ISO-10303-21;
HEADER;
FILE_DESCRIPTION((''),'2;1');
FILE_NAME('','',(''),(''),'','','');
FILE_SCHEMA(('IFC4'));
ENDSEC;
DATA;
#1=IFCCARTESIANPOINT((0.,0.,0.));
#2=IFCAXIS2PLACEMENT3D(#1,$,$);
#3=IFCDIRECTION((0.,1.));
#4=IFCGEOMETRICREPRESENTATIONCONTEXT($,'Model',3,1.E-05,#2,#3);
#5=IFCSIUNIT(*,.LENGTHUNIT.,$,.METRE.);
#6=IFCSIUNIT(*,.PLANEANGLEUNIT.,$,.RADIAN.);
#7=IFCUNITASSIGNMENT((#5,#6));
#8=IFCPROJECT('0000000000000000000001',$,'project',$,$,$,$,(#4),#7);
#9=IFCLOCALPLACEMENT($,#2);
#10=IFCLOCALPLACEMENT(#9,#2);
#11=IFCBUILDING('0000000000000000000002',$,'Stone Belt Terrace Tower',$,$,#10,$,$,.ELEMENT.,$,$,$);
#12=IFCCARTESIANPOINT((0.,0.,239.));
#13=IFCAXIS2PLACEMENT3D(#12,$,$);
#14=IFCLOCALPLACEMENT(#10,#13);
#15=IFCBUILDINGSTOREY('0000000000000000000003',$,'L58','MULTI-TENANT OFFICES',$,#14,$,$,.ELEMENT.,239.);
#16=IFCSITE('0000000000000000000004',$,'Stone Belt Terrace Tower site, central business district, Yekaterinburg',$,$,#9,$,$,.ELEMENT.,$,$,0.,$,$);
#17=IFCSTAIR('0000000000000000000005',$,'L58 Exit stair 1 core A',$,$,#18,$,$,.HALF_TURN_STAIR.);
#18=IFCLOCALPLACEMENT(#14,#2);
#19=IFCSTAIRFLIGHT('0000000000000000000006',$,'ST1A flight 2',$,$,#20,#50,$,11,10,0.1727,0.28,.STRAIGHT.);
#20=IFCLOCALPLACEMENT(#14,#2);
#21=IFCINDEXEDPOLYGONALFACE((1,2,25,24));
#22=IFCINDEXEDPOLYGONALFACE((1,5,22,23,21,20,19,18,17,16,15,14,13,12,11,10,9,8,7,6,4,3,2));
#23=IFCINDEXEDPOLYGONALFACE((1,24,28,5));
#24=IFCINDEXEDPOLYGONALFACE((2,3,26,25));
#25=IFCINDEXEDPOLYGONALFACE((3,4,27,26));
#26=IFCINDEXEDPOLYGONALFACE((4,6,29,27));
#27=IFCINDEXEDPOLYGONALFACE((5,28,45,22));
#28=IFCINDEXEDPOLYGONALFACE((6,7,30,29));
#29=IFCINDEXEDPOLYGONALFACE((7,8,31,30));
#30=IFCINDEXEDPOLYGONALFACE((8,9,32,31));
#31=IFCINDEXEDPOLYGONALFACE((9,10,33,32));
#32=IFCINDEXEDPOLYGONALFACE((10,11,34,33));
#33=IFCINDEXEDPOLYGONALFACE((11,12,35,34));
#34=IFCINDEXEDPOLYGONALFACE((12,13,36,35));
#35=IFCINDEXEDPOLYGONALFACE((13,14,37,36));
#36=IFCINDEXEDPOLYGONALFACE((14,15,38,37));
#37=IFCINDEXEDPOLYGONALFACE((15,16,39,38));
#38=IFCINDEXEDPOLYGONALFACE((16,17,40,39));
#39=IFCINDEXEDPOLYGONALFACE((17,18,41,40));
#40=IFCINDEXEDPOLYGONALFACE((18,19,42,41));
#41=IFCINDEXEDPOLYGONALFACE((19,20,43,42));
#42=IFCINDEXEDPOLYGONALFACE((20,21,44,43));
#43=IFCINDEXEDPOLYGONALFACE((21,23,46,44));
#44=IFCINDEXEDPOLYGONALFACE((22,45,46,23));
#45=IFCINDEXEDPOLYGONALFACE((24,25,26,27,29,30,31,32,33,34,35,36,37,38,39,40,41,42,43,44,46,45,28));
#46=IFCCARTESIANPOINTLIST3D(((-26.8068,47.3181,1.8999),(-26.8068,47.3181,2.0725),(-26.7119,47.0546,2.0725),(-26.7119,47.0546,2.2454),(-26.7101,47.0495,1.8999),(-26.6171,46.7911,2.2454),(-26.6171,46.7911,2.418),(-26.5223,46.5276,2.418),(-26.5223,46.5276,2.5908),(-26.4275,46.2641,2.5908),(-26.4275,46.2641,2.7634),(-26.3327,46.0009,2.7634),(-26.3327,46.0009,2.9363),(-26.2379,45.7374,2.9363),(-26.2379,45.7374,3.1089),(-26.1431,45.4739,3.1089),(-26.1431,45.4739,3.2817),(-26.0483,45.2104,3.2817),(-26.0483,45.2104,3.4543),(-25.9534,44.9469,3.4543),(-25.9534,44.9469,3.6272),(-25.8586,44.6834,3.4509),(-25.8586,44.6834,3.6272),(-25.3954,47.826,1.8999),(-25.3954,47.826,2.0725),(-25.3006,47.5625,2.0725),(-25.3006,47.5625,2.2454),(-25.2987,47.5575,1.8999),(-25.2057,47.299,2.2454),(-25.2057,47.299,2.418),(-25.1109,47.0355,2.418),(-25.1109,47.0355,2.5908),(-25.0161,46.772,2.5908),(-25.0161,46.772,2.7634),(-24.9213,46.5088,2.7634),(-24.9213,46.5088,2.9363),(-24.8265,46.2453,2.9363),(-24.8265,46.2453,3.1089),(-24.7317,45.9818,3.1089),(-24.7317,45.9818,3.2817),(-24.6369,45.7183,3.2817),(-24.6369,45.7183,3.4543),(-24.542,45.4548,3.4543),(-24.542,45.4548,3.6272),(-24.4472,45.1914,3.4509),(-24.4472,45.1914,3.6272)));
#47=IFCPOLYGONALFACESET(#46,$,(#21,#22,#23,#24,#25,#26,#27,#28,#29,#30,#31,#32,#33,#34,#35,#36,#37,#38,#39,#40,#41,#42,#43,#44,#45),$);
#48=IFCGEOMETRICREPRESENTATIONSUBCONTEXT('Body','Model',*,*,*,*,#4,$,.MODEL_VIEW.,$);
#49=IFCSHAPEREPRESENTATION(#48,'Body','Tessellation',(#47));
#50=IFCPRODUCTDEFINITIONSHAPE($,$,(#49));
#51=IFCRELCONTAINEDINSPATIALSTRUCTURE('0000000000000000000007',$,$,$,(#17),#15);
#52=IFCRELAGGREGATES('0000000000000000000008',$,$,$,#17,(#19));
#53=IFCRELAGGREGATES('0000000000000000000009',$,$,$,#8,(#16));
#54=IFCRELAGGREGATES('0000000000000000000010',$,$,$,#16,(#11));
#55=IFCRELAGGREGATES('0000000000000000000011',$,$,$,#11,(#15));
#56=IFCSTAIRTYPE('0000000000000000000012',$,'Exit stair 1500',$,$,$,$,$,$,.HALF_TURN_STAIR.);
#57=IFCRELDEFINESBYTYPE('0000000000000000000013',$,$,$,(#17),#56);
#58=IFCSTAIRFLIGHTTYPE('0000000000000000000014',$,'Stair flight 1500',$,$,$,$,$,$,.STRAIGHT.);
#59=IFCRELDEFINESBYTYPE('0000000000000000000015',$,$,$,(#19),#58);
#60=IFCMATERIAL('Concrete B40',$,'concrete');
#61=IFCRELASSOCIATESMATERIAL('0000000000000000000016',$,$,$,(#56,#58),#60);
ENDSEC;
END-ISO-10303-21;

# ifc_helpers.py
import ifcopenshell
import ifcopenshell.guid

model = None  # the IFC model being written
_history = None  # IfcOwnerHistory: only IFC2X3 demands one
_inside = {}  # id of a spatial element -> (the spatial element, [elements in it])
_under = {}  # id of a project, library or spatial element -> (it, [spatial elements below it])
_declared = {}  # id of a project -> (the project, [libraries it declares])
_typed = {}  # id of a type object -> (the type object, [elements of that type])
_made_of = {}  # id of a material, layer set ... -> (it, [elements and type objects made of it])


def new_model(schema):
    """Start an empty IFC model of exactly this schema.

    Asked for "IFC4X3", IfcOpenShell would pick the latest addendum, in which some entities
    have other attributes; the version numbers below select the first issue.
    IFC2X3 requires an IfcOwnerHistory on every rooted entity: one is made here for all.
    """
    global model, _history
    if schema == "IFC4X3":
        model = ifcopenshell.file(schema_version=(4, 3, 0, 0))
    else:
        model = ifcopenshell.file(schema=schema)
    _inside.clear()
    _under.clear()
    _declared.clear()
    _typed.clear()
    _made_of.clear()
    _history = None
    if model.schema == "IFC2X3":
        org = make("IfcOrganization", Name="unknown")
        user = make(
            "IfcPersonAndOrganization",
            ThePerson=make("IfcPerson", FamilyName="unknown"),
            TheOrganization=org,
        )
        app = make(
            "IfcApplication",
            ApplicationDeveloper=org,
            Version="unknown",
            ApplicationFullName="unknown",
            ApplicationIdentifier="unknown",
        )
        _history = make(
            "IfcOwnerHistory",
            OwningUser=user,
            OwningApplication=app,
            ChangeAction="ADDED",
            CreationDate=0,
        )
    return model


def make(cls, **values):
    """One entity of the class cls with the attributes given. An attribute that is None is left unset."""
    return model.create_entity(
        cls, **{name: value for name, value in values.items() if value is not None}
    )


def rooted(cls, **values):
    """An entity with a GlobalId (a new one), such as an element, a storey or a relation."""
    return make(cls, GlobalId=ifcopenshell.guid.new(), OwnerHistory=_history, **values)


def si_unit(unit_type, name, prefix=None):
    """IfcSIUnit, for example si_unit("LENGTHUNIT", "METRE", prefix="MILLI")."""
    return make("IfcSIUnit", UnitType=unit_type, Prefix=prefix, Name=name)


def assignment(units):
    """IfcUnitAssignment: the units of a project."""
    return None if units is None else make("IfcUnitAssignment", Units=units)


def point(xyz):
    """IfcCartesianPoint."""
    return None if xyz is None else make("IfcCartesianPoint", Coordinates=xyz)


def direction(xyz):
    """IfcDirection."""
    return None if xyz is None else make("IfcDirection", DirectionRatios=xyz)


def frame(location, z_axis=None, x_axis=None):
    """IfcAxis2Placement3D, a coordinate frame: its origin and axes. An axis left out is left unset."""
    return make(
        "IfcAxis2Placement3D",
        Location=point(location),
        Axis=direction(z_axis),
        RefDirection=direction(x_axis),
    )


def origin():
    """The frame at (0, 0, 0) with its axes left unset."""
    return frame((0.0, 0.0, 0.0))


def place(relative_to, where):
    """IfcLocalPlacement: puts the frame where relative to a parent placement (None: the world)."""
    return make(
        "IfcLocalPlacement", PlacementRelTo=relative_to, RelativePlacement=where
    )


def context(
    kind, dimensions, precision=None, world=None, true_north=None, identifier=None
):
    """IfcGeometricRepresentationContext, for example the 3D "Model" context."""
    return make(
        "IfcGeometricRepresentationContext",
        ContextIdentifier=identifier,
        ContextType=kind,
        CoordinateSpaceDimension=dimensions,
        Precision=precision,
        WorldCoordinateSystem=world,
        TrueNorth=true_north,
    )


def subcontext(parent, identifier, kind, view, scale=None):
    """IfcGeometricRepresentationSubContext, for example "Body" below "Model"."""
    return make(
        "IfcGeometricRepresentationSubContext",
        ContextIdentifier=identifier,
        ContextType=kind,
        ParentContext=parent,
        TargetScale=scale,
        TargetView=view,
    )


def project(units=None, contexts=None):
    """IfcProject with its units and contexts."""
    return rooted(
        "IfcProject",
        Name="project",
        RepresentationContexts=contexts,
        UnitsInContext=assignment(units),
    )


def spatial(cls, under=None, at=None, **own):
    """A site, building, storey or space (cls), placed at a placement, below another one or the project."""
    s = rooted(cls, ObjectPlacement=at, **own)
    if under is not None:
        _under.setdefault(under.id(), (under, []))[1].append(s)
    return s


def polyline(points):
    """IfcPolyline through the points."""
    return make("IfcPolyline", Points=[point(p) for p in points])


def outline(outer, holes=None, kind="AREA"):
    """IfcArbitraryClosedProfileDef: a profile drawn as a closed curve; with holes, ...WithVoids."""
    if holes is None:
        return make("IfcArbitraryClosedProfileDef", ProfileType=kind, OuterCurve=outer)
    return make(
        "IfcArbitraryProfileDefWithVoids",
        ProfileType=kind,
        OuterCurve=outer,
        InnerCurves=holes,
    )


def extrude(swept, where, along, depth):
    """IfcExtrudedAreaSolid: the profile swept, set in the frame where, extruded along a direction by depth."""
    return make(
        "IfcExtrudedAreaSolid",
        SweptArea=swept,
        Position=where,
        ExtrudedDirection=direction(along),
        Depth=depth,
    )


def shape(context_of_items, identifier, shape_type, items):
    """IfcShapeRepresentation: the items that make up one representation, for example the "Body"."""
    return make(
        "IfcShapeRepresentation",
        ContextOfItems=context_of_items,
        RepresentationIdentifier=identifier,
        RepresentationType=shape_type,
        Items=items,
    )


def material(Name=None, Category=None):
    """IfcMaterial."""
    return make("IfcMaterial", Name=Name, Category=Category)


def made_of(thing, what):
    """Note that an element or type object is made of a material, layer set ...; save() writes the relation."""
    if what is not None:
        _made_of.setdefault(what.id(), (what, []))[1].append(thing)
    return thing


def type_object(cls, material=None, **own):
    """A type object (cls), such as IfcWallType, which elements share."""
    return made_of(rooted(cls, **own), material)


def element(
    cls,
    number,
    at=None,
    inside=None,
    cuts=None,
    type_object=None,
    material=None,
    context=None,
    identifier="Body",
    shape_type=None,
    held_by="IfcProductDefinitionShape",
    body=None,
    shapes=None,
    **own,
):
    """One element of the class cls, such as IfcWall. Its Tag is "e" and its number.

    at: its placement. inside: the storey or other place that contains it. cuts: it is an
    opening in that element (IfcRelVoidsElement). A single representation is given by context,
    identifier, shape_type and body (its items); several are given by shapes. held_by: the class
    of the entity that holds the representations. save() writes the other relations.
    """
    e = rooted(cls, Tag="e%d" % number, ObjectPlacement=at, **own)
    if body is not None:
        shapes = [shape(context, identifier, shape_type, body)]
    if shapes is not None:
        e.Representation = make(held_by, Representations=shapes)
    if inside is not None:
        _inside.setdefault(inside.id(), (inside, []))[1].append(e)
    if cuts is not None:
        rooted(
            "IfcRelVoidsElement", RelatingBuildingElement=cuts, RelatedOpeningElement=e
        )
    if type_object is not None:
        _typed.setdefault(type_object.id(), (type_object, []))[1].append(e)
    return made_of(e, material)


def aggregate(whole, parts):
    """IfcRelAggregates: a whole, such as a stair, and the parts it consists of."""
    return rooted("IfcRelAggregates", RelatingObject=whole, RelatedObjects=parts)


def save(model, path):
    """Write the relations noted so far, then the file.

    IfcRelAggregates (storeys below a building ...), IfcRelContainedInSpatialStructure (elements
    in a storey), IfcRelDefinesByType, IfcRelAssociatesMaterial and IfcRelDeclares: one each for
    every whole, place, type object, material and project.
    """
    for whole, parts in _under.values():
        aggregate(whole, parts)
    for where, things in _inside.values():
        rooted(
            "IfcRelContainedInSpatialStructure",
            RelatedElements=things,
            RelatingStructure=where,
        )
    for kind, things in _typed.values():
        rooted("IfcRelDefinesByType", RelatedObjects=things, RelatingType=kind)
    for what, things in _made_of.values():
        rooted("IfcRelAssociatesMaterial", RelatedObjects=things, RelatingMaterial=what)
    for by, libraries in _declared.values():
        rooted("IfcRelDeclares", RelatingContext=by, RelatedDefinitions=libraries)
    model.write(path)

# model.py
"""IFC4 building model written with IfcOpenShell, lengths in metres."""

from ifc_helpers import new_model, si_unit, direction, frame, origin, place, context, subcontext, project, spatial, polyline, outline, extrude, material, type_object, element, aggregate, save


model = new_model("IFC4")

# Units and contexts
model_context = context("Model", 3, precision=1e-05, world=origin(), true_north=direction((0.0, 1.0)))
body_context = subcontext(model_context, "Body", "Model", "MODEL_VIEW")
ifc_project = project(units=[si_unit("LENGTHUNIT", "METRE"), si_unit("PLANEANGLEUNIT", "RADIAN")], contexts=[model_context])

# Site, building, storey
site_placement = place(None, origin())
site = spatial("IfcSite", under=ifc_project, at=site_placement, Name="Stone Belt Terrace Tower site, central business district, Yekaterinburg", CompositionType="ELEMENT", RefElevation=0.0)
building_placement = place(site_placement, origin())
building = spatial("IfcBuilding", under=site, at=building_placement, Name="Stone Belt Terrace Tower", CompositionType="ELEMENT")
storey_placement = place(building_placement, frame((0.0, 0.0, 239.0)))
storey = spatial("IfcBuildingStorey", under=building, at=storey_placement, Name="L58", Description="MULTI-TENANT OFFICES", CompositionType="ELEMENT", Elevation=239.0)

# Stair, stair flight
ifc_material_1 = material(Name="Concrete B40", Category="concrete")
stair_type = type_object("IfcStairType", Name="Exit stair 1500", PredefinedType="HALF_TURN_STAIR", material=ifc_material_1)
stair_placement = place(storey_placement, origin())
stair = element("IfcStair", 1, at=stair_placement, inside=storey, type_object=stair_type, Name="L58 Exit stair 1 core A", PredefinedType="HALF_TURN_STAIR")
stair_flight_type = type_object("IfcStairFlightType", Name="Stair flight 1500", PredefinedType="STRAIGHT", material=ifc_material_1)
stair_flight_1_placement = place(storey_placement, frame((-26.1011, 47.572, 1.8999), z_axis=(0.0, 0.0, 1.0), x_axis=(0.338624, -0.940922, 0.0)))
stair_flight_1 = element("IfcStairFlight", 2, at=stair_flight_1_placement, type_object=stair_flight_type, Name="ST1A flight 2", NumberOfRisers=11, NumberOfTreads=10, PredefinedType="STRAIGHT", RiserHeight=0.1727, TreadLength=0.28, context=body_context, shape_type="SweptSolid", body=[
    extrude(outline(polyline([(0.0, 0.0), (0.0, 0.1726), (0.28, 0.1726), (0.28, 0.3455), (0.5601, 0.3455), (0.5601, 0.5181), (0.8401, 0.5181), (0.8401, 0.6909), (1.1201, 0.6909), (1.1201, 0.8635), (1.3999, 0.8635), (1.3999, 1.0364), (1.6799, 1.0364), (1.6799, 1.209), (1.96, 1.209), (1.96, 1.3818), (2.24, 1.3818), (2.24, 1.5544), (2.52, 1.5544), (2.52, 1.7273), (2.8, 1.7273), (2.8, 1.8999), (2.8, 1.551), (0.2854, 0.0), (0.0, 0.0)])), frame((0.0, 0.75, 0.0), z_axis=(0.0, -1.0, 0.0), x_axis=(1.0, 0.0, 0.0)), (0.0, 0.0, 1.0), 1.5),
])
aggregate(stair, [stair_flight_1])

save(model, "model.ifc")
